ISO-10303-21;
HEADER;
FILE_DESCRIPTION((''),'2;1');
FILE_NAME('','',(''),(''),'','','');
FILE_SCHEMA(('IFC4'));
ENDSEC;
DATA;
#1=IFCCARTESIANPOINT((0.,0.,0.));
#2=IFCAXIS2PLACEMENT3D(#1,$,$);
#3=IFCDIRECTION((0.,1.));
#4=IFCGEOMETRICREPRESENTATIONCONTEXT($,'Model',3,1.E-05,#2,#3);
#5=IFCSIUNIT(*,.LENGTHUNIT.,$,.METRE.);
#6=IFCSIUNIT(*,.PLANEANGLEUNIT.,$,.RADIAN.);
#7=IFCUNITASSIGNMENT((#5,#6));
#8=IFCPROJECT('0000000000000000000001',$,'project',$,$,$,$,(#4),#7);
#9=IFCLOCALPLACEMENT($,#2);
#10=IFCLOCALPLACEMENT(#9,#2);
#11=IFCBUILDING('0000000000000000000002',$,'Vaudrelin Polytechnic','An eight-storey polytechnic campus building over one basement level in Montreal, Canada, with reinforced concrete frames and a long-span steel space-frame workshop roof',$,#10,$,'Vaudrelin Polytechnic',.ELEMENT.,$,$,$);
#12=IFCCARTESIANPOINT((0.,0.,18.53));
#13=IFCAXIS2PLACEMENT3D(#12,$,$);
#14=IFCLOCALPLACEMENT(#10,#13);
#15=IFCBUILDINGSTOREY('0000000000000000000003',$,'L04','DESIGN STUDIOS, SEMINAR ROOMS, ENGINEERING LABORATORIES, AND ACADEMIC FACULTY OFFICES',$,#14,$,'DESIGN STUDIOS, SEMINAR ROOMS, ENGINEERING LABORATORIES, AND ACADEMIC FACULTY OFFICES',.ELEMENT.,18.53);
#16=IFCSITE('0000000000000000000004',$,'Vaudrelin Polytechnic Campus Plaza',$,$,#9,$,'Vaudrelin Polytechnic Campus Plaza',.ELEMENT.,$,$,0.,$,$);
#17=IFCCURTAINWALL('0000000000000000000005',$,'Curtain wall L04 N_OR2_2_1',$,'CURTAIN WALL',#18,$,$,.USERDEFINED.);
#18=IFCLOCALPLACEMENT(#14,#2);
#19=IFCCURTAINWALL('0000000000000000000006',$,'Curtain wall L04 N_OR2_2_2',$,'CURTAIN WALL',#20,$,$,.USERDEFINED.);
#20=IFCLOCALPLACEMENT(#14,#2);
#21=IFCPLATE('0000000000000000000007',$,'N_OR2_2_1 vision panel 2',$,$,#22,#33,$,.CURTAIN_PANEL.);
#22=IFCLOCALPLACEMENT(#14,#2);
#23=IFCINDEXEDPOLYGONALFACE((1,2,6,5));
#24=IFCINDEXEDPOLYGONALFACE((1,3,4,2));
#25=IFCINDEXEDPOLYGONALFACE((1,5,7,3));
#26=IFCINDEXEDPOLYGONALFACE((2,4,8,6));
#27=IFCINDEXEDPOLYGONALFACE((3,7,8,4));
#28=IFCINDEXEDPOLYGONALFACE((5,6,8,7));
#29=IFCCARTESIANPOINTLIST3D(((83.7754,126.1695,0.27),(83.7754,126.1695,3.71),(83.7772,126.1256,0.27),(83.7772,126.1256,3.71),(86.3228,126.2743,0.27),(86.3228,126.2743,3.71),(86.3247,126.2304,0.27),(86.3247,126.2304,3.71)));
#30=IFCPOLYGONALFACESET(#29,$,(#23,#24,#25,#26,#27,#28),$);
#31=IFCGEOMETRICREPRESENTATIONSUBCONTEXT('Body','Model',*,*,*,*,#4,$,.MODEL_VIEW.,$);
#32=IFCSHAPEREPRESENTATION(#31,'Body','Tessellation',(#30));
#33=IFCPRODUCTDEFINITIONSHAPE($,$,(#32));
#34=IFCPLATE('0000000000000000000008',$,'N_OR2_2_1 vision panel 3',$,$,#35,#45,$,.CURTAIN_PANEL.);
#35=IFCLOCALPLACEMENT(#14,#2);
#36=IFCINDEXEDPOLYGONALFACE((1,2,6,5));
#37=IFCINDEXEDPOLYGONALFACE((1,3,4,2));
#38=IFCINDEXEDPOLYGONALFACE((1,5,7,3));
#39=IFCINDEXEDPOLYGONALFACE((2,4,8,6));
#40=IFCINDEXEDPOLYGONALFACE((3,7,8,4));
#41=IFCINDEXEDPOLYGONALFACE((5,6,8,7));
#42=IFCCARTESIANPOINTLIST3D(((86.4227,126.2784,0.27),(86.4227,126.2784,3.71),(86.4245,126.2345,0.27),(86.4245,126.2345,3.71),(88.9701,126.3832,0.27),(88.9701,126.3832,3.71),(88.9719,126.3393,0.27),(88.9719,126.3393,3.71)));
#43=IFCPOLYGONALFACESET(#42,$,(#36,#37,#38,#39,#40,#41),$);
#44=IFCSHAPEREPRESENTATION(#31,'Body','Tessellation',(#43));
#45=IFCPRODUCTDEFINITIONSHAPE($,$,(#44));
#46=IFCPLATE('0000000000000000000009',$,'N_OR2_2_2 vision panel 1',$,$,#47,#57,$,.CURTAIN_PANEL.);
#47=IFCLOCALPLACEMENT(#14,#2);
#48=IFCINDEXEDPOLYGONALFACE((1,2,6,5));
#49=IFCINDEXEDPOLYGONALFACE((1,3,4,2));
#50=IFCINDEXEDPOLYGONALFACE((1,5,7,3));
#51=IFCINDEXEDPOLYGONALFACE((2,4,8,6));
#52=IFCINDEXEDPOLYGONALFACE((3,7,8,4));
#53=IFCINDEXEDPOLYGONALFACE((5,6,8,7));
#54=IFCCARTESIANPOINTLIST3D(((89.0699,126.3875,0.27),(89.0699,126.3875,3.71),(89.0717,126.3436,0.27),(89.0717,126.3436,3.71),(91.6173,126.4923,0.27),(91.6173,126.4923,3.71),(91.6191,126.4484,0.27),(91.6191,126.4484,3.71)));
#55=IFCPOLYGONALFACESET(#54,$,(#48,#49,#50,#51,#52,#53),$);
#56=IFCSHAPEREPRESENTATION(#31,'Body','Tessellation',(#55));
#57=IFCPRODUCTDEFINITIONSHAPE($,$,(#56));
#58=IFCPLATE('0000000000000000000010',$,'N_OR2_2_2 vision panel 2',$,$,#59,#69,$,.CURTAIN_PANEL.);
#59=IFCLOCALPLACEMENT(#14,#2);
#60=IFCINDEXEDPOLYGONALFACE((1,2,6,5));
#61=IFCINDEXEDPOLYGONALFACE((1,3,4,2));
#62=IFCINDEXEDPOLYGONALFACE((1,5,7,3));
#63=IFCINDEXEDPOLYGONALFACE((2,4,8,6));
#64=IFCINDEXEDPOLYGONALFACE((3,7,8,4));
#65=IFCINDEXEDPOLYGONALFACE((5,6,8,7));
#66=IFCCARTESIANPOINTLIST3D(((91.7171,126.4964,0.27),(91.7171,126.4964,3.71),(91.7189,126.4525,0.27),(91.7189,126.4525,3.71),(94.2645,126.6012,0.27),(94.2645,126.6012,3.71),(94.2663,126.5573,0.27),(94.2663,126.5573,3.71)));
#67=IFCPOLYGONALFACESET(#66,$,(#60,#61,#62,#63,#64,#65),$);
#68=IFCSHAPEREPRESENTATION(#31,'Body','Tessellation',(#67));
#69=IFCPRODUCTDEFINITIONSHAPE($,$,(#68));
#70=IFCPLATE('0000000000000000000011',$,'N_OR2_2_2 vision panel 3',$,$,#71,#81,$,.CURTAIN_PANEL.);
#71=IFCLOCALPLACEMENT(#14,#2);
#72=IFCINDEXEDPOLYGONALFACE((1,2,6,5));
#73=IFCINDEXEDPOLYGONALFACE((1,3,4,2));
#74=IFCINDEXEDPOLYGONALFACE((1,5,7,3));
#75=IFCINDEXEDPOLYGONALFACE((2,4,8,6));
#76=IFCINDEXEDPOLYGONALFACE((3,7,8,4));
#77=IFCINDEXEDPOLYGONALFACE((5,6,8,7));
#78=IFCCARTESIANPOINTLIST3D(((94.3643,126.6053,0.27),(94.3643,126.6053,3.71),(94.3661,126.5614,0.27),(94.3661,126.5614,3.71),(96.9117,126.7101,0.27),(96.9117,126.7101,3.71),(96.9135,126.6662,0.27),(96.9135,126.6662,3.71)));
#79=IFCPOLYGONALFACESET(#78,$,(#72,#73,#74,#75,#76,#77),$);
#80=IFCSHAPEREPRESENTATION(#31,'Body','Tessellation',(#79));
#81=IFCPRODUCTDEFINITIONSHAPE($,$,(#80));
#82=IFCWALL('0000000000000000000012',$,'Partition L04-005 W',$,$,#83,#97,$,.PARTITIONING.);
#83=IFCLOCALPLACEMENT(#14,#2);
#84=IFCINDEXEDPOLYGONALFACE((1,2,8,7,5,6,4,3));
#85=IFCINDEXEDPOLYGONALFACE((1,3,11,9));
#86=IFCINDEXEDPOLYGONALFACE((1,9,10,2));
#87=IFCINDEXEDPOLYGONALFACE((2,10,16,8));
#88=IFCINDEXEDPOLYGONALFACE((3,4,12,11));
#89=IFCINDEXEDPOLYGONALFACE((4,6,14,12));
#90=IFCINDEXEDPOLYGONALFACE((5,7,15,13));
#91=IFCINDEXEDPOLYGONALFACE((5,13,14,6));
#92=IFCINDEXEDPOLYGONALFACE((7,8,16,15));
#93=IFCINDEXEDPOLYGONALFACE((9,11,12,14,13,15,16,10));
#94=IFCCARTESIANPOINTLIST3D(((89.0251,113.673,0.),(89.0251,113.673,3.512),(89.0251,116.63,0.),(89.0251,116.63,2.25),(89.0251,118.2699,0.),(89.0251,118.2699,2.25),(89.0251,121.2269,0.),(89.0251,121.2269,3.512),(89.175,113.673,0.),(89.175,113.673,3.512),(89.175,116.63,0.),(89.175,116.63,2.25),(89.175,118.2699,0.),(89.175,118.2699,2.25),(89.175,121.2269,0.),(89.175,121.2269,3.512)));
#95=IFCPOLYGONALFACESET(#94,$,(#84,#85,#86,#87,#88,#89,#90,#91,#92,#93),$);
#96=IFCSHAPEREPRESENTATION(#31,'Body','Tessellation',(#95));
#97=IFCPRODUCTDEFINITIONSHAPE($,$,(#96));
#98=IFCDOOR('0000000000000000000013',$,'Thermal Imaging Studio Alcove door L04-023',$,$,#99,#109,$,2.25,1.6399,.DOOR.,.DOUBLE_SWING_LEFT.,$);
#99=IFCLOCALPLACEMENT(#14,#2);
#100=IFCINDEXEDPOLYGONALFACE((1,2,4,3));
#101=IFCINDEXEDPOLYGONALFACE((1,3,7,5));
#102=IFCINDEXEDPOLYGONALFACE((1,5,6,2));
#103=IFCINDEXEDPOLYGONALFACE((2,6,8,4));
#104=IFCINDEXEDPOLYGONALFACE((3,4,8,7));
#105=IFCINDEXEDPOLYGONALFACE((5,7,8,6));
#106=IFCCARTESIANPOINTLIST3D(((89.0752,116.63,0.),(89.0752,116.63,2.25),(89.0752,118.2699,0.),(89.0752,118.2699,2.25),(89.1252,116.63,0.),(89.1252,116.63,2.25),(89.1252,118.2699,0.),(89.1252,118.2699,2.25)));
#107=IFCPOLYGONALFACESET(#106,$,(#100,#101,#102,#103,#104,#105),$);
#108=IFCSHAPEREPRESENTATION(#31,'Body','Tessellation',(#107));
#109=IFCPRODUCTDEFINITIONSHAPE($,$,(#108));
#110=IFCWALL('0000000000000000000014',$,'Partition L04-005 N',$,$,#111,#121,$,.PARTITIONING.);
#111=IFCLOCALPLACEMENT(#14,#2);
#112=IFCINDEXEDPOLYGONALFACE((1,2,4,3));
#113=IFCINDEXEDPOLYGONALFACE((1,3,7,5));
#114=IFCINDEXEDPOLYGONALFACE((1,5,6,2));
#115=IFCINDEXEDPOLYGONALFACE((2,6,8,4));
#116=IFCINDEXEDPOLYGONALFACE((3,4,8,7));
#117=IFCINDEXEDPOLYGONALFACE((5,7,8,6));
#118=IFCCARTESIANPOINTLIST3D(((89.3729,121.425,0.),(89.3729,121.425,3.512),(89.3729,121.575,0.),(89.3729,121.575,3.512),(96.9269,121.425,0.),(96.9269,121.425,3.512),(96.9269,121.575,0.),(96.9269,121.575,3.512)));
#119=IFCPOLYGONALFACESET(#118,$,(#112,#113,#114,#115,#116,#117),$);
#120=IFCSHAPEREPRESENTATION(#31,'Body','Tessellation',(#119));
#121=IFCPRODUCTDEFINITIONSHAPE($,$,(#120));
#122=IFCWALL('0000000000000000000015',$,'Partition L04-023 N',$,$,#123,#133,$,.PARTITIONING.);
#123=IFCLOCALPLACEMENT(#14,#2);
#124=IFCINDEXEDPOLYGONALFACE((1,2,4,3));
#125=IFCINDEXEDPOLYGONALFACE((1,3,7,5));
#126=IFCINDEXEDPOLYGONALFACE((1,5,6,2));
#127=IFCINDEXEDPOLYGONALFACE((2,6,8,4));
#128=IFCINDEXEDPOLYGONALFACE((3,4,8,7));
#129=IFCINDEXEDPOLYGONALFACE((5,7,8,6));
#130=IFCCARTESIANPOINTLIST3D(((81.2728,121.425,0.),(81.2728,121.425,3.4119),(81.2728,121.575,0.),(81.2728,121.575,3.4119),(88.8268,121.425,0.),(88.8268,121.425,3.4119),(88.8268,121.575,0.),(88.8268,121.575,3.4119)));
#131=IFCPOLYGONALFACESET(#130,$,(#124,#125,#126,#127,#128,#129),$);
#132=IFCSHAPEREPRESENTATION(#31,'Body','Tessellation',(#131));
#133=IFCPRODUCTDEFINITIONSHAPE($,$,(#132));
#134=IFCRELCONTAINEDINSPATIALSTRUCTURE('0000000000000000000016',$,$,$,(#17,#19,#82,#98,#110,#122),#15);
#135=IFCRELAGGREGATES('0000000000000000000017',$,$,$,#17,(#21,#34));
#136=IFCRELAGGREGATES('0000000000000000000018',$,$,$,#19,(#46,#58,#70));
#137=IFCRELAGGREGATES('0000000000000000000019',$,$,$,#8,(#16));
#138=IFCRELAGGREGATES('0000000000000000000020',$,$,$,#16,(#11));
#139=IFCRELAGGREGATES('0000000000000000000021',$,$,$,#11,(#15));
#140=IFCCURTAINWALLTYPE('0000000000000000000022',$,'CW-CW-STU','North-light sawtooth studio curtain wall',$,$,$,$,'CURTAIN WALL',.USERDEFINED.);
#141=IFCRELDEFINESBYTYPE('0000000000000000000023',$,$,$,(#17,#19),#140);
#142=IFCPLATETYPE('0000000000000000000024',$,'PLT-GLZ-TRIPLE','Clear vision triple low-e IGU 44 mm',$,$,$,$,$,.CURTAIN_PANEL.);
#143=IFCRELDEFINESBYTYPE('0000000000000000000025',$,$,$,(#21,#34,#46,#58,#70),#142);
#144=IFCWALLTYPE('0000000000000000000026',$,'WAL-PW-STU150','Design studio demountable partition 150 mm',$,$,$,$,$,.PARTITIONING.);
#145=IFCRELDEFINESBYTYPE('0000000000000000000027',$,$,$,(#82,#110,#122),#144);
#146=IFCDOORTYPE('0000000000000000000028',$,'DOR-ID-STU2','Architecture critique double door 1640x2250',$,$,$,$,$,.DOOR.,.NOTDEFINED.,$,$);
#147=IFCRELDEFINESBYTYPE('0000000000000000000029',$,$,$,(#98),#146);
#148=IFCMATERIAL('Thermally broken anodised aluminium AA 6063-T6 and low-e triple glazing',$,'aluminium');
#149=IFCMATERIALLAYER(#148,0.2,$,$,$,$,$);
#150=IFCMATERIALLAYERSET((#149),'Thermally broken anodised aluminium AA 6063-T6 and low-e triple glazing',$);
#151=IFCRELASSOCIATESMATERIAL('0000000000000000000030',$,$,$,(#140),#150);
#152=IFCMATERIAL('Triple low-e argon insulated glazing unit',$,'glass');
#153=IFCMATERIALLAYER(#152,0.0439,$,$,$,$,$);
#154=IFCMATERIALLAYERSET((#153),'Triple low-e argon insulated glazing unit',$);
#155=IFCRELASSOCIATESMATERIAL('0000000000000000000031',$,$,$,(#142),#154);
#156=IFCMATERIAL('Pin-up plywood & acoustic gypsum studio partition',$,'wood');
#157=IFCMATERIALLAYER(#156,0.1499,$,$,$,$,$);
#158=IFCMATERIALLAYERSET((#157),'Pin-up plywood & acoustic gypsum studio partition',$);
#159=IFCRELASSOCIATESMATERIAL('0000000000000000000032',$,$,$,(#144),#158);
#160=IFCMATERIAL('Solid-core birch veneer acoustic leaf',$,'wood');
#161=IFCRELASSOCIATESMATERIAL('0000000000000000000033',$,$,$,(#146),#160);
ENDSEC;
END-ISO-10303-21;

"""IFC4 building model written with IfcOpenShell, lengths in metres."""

from ifc_helpers import new_model, si_unit, direction, frame, frame_2d, origin, origin_2d, place, context, subcontext, project, spatial, rectangle, extrude, material, layer, layer_set, type_object, element, fill, aggregate, save


model = new_model("IFC4")

# Units and contexts
model_context = context("Model", 3, precision=1e-05, world=origin(), true_north=direction((0.0, 1.0)))
body_context = subcontext(model_context, "Body", "Model", "MODEL_VIEW")
ifc_project = project(units=[si_unit("LENGTHUNIT", "METRE"), si_unit("PLANEANGLEUNIT", "RADIAN")], contexts=[model_context])

# Site, building, storey
site_placement = place(None, origin())
site = spatial("IfcSite", under=ifc_project, at=site_placement, Name="Vaudrelin Polytechnic Campus Plaza", LongName="Vaudrelin Polytechnic Campus Plaza", CompositionType="ELEMENT", RefElevation=0.0)
building_placement = place(site_placement, origin())
building = spatial("IfcBuilding", under=site, at=building_placement, Name="Vaudrelin Polytechnic", Description="An eight-storey polytechnic campus building over one basement level in Montreal, Canada, with reinforced concrete frames and a long-span steel space-frame workshop roof", LongName="Vaudrelin Polytechnic", CompositionType="ELEMENT")
storey_placement = place(building_placement, frame((0.0, 0.0, 18.53)))
storey = spatial("IfcBuildingStorey", under=building, at=storey_placement, Name="L04", Description="DESIGN STUDIOS, SEMINAR ROOMS, ENGINEERING LABORATORIES, AND ACADEMIC FACULTY OFFICES", LongName="DESIGN STUDIOS, SEMINAR ROOMS, ENGINEERING LABORATORIES, AND ACADEMIC FACULTY OFFICES", CompositionType="ELEMENT", Elevation=18.53)

# Curtain walls
ifc_material_1 = material(Name="Thermally broken anodised aluminium AA 6063-T6 and low-e triple glazing", Category="aluminium")
ifc_layer_1 = layer(ifc_material_1, 0.2)
ifc_layer_set_1 = layer_set([ifc_layer_1], Name="Thermally broken anodised aluminium AA 6063-T6 and low-e triple glazing")
curtain_wall_type = type_object("IfcCurtainWallType", Name="CW-CW-STU", Description="North-light sawtooth studio curtain wall", ElementType="CURTAIN WALL", PredefinedType="USERDEFINED", material=ifc_layer_set_1)
curtain_wall_1_placement = place(storey_placement, origin())
curtain_wall_1 = element("IfcCurtainWall", 1, at=curtain_wall_1_placement, inside=storey, type_object=curtain_wall_type, Name="Curtain wall L04 N_OR2_2_1", ObjectType="CURTAIN WALL", PredefinedType="USERDEFINED")
curtain_wall_2_placement = place(storey_placement, origin())
curtain_wall_2 = element("IfcCurtainWall", 2, at=curtain_wall_2_placement, inside=storey, type_object=curtain_wall_type, Name="Curtain wall L04 N_OR2_2_2", ObjectType="CURTAIN WALL", PredefinedType="USERDEFINED")

# Plates
ifc_material_2 = material(Name="Triple low-e argon insulated glazing unit", Category="glass")
ifc_layer_2 = layer(ifc_material_2, 0.0439)
ifc_layer_set_2 = layer_set([ifc_layer_2], Name="Triple low-e argon insulated glazing unit")
plate_type_1 = type_object("IfcPlateType", Name="PLT-GLZ-TRIPLE", Description="Clear vision triple low-e IGU 44 mm", PredefinedType="CURTAIN_PANEL", material=ifc_layer_set_2)
plate_1_placement = place(storey_placement, frame((85.05, 126.2, 0.27), z_axis=(0.0, 0.0, 1.0), x_axis=(0.999154, 0.041115, 0.0)))
plate_1 = element("IfcPlate", 3, at=plate_1_placement, type_object=plate_type_1, Name="N_OR2_2_1 vision panel 2", PredefinedType="CURTAIN_PANEL", context=body_context, shape_type="SweptSolid", body=[
    extrude(rectangle(XDim=2.5496, YDim=0.0439, at=origin_2d()), origin(), (0.0, 0.0, 1.0), 3.4399),
])
plate_2_placement = place(storey_placement, frame((87.6973, 126.3088, 0.27), z_axis=(0.0, 0.0, 1.0), x_axis=(0.999154, 0.041115, 0.0)))
plate_2 = element("IfcPlate", 4, at=plate_2_placement, type_object=plate_type_1, Name="N_OR2_2_1 vision panel 3", PredefinedType="CURTAIN_PANEL", context=body_context, shape_type="SweptSolid", body=[
    extrude(rectangle(XDim=2.5496, YDim=0.0439, at=origin_2d()), origin(), (0.0, 0.0, 1.0), 3.4399),
])
aggregate(curtain_wall_1, [plate_1, plate_2])
plate_3_placement = place(storey_placement, frame((90.3445, 126.418, 0.27), z_axis=(0.0, 0.0, 1.0), x_axis=(0.999154, 0.041115, 0.0)))
plate_3 = element("IfcPlate", 5, at=plate_3_placement, type_object=plate_type_1, Name="N_OR2_2_2 vision panel 1", PredefinedType="CURTAIN_PANEL", context=body_context, shape_type="SweptSolid", body=[
    extrude(rectangle(XDim=2.5496, YDim=0.0439, at=origin_2d()), origin(), (0.0, 0.0, 1.0), 3.4399),
])
plate_4_placement = place(storey_placement, frame((92.9917, 126.5269, 0.27), z_axis=(0.0, 0.0, 1.0), x_axis=(0.999154, 0.041115, 0.0)))
plate_4 = element("IfcPlate", 6, at=plate_4_placement, type_object=plate_type_1, Name="N_OR2_2_2 vision panel 2", PredefinedType="CURTAIN_PANEL", context=body_context, shape_type="SweptSolid", body=[
    extrude(rectangle(XDim=2.5496, YDim=0.0439, at=origin_2d()), origin(), (0.0, 0.0, 1.0), 3.4399),
])
plate_5_placement = place(storey_placement, frame((95.6389, 126.6357, 0.27), z_axis=(0.0, 0.0, 1.0), x_axis=(0.999154, 0.041115, 0.0)))
plate_5 = element("IfcPlate", 7, at=plate_5_placement, type_object=plate_type_1, Name="N_OR2_2_2 vision panel 3", PredefinedType="CURTAIN_PANEL", context=body_context, shape_type="SweptSolid", body=[
    extrude(rectangle(XDim=2.5496, YDim=0.0439, at=origin_2d()), origin(), (0.0, 0.0, 1.0), 3.4399),
])
aggregate(curtain_wall_2, [plate_3, plate_4, plate_5])

# Wall, opening, door
ifc_material_3 = material(Name="Pin-up plywood & acoustic gypsum studio partition", Category="wood")
ifc_layer_3 = layer(ifc_material_3, 0.1499)
ifc_layer_set_3 = layer_set([ifc_layer_3], Name="Pin-up plywood & acoustic gypsum studio partition")
wall_type = type_object("IfcWallType", Name="WAL-PW-STU150", Description="Design studio demountable partition 150 mm", PredefinedType="PARTITIONING", material=ifc_layer_set_3)
wall_1_placement = place(storey_placement, frame((89.1001, 113.6731, 0.0), z_axis=(0.0, 0.0, 1.0), x_axis=(0.0, 1.0, 0.0)))
wall_1 = element("IfcWall", 8, at=wall_1_placement, inside=storey, type_object=wall_type, Name="Partition L04-005 W", PredefinedType="PARTITIONING", context=body_context, shape_type="SweptSolid", body=[
    extrude(rectangle(XDim=7.554, YDim=0.1499, at=frame_2d((3.7769, 0.0))), origin(), (0.0, 0.0, 1.0), 3.512),
])
opening_placement = place(wall_1_placement, frame((2.957, 0.0, 0.0)))
opening = element("IfcOpeningElement", 9, at=opening_placement, cuts=wall_1, PredefinedType="OPENING", context=body_context, shape_type="SweptSolid", body=[
    extrude(rectangle(XDim=1.6399, YDim=2.25, at=frame_2d((0.8198, 1.125))), frame((0.0, 0.085, 0.0), z_axis=(0.0, -1.0, 0.0), x_axis=(1.0, 0.0, 0.0)), (0.0, 0.0, 1.0), 0.1699),
])
ifc_material_4 = material(Name="Solid-core birch veneer acoustic leaf", Category="wood")
door_type = type_object("IfcDoorType", Name="DOR-ID-STU2", Description="Architecture critique double door 1640x2250", OperationType="NOTDEFINED", PredefinedType="DOOR", material=ifc_material_4)
door_placement = place(opening_placement, origin())
door = element("IfcDoor", 10, at=door_placement, inside=storey, type_object=door_type, Name="Thermal Imaging Studio Alcove door L04-023", OperationType="DOUBLE_SWING_LEFT", OverallHeight=2.25, OverallWidth=1.6399, PredefinedType="DOOR", context=body_context, shape_type="SweptSolid", body=[
    extrude(rectangle(XDim=1.6399, YDim=2.25, at=frame_2d((0.8198, 1.125))), frame((0.0, 0.0249, 0.0), z_axis=(0.0, -1.0, 0.0), x_axis=(1.0, 0.0, 0.0)), (0.0, 0.0, 1.0), 0.05),
])
fill(opening, door)

# Walls
wall_2_placement = place(storey_placement, frame((89.373, 121.5, 0.0), z_axis=(0.0, 0.0, 1.0), x_axis=(1.0, 0.0, 0.0)))
element("IfcWall", 11, at=wall_2_placement, inside=storey, type_object=wall_type, Name="Partition L04-005 N", PredefinedType="PARTITIONING", context=body_context, shape_type="SweptSolid", body=[
    extrude(rectangle(XDim=7.554, YDim=0.1499, at=frame_2d((3.7769, 0.0))), origin(), (0.0, 0.0, 1.0), 3.512),
])
wall_3_placement = place(storey_placement, frame((81.2729, 121.5, 0.0), z_axis=(0.0, 0.0, 1.0), x_axis=(1.0, 0.0, 0.0)))
element("IfcWall", 12, at=wall_3_placement, inside=storey, type_object=wall_type, Name="Partition L04-023 N", PredefinedType="PARTITIONING", context=body_context, shape_type="SweptSolid", body=[
    extrude(rectangle(XDim=7.554, YDim=0.1499, at=frame_2d((3.7769, 0.0))), origin(), (0.0, 0.0, 1.0), 3.4119),
])

save(model, "model.ifc")
